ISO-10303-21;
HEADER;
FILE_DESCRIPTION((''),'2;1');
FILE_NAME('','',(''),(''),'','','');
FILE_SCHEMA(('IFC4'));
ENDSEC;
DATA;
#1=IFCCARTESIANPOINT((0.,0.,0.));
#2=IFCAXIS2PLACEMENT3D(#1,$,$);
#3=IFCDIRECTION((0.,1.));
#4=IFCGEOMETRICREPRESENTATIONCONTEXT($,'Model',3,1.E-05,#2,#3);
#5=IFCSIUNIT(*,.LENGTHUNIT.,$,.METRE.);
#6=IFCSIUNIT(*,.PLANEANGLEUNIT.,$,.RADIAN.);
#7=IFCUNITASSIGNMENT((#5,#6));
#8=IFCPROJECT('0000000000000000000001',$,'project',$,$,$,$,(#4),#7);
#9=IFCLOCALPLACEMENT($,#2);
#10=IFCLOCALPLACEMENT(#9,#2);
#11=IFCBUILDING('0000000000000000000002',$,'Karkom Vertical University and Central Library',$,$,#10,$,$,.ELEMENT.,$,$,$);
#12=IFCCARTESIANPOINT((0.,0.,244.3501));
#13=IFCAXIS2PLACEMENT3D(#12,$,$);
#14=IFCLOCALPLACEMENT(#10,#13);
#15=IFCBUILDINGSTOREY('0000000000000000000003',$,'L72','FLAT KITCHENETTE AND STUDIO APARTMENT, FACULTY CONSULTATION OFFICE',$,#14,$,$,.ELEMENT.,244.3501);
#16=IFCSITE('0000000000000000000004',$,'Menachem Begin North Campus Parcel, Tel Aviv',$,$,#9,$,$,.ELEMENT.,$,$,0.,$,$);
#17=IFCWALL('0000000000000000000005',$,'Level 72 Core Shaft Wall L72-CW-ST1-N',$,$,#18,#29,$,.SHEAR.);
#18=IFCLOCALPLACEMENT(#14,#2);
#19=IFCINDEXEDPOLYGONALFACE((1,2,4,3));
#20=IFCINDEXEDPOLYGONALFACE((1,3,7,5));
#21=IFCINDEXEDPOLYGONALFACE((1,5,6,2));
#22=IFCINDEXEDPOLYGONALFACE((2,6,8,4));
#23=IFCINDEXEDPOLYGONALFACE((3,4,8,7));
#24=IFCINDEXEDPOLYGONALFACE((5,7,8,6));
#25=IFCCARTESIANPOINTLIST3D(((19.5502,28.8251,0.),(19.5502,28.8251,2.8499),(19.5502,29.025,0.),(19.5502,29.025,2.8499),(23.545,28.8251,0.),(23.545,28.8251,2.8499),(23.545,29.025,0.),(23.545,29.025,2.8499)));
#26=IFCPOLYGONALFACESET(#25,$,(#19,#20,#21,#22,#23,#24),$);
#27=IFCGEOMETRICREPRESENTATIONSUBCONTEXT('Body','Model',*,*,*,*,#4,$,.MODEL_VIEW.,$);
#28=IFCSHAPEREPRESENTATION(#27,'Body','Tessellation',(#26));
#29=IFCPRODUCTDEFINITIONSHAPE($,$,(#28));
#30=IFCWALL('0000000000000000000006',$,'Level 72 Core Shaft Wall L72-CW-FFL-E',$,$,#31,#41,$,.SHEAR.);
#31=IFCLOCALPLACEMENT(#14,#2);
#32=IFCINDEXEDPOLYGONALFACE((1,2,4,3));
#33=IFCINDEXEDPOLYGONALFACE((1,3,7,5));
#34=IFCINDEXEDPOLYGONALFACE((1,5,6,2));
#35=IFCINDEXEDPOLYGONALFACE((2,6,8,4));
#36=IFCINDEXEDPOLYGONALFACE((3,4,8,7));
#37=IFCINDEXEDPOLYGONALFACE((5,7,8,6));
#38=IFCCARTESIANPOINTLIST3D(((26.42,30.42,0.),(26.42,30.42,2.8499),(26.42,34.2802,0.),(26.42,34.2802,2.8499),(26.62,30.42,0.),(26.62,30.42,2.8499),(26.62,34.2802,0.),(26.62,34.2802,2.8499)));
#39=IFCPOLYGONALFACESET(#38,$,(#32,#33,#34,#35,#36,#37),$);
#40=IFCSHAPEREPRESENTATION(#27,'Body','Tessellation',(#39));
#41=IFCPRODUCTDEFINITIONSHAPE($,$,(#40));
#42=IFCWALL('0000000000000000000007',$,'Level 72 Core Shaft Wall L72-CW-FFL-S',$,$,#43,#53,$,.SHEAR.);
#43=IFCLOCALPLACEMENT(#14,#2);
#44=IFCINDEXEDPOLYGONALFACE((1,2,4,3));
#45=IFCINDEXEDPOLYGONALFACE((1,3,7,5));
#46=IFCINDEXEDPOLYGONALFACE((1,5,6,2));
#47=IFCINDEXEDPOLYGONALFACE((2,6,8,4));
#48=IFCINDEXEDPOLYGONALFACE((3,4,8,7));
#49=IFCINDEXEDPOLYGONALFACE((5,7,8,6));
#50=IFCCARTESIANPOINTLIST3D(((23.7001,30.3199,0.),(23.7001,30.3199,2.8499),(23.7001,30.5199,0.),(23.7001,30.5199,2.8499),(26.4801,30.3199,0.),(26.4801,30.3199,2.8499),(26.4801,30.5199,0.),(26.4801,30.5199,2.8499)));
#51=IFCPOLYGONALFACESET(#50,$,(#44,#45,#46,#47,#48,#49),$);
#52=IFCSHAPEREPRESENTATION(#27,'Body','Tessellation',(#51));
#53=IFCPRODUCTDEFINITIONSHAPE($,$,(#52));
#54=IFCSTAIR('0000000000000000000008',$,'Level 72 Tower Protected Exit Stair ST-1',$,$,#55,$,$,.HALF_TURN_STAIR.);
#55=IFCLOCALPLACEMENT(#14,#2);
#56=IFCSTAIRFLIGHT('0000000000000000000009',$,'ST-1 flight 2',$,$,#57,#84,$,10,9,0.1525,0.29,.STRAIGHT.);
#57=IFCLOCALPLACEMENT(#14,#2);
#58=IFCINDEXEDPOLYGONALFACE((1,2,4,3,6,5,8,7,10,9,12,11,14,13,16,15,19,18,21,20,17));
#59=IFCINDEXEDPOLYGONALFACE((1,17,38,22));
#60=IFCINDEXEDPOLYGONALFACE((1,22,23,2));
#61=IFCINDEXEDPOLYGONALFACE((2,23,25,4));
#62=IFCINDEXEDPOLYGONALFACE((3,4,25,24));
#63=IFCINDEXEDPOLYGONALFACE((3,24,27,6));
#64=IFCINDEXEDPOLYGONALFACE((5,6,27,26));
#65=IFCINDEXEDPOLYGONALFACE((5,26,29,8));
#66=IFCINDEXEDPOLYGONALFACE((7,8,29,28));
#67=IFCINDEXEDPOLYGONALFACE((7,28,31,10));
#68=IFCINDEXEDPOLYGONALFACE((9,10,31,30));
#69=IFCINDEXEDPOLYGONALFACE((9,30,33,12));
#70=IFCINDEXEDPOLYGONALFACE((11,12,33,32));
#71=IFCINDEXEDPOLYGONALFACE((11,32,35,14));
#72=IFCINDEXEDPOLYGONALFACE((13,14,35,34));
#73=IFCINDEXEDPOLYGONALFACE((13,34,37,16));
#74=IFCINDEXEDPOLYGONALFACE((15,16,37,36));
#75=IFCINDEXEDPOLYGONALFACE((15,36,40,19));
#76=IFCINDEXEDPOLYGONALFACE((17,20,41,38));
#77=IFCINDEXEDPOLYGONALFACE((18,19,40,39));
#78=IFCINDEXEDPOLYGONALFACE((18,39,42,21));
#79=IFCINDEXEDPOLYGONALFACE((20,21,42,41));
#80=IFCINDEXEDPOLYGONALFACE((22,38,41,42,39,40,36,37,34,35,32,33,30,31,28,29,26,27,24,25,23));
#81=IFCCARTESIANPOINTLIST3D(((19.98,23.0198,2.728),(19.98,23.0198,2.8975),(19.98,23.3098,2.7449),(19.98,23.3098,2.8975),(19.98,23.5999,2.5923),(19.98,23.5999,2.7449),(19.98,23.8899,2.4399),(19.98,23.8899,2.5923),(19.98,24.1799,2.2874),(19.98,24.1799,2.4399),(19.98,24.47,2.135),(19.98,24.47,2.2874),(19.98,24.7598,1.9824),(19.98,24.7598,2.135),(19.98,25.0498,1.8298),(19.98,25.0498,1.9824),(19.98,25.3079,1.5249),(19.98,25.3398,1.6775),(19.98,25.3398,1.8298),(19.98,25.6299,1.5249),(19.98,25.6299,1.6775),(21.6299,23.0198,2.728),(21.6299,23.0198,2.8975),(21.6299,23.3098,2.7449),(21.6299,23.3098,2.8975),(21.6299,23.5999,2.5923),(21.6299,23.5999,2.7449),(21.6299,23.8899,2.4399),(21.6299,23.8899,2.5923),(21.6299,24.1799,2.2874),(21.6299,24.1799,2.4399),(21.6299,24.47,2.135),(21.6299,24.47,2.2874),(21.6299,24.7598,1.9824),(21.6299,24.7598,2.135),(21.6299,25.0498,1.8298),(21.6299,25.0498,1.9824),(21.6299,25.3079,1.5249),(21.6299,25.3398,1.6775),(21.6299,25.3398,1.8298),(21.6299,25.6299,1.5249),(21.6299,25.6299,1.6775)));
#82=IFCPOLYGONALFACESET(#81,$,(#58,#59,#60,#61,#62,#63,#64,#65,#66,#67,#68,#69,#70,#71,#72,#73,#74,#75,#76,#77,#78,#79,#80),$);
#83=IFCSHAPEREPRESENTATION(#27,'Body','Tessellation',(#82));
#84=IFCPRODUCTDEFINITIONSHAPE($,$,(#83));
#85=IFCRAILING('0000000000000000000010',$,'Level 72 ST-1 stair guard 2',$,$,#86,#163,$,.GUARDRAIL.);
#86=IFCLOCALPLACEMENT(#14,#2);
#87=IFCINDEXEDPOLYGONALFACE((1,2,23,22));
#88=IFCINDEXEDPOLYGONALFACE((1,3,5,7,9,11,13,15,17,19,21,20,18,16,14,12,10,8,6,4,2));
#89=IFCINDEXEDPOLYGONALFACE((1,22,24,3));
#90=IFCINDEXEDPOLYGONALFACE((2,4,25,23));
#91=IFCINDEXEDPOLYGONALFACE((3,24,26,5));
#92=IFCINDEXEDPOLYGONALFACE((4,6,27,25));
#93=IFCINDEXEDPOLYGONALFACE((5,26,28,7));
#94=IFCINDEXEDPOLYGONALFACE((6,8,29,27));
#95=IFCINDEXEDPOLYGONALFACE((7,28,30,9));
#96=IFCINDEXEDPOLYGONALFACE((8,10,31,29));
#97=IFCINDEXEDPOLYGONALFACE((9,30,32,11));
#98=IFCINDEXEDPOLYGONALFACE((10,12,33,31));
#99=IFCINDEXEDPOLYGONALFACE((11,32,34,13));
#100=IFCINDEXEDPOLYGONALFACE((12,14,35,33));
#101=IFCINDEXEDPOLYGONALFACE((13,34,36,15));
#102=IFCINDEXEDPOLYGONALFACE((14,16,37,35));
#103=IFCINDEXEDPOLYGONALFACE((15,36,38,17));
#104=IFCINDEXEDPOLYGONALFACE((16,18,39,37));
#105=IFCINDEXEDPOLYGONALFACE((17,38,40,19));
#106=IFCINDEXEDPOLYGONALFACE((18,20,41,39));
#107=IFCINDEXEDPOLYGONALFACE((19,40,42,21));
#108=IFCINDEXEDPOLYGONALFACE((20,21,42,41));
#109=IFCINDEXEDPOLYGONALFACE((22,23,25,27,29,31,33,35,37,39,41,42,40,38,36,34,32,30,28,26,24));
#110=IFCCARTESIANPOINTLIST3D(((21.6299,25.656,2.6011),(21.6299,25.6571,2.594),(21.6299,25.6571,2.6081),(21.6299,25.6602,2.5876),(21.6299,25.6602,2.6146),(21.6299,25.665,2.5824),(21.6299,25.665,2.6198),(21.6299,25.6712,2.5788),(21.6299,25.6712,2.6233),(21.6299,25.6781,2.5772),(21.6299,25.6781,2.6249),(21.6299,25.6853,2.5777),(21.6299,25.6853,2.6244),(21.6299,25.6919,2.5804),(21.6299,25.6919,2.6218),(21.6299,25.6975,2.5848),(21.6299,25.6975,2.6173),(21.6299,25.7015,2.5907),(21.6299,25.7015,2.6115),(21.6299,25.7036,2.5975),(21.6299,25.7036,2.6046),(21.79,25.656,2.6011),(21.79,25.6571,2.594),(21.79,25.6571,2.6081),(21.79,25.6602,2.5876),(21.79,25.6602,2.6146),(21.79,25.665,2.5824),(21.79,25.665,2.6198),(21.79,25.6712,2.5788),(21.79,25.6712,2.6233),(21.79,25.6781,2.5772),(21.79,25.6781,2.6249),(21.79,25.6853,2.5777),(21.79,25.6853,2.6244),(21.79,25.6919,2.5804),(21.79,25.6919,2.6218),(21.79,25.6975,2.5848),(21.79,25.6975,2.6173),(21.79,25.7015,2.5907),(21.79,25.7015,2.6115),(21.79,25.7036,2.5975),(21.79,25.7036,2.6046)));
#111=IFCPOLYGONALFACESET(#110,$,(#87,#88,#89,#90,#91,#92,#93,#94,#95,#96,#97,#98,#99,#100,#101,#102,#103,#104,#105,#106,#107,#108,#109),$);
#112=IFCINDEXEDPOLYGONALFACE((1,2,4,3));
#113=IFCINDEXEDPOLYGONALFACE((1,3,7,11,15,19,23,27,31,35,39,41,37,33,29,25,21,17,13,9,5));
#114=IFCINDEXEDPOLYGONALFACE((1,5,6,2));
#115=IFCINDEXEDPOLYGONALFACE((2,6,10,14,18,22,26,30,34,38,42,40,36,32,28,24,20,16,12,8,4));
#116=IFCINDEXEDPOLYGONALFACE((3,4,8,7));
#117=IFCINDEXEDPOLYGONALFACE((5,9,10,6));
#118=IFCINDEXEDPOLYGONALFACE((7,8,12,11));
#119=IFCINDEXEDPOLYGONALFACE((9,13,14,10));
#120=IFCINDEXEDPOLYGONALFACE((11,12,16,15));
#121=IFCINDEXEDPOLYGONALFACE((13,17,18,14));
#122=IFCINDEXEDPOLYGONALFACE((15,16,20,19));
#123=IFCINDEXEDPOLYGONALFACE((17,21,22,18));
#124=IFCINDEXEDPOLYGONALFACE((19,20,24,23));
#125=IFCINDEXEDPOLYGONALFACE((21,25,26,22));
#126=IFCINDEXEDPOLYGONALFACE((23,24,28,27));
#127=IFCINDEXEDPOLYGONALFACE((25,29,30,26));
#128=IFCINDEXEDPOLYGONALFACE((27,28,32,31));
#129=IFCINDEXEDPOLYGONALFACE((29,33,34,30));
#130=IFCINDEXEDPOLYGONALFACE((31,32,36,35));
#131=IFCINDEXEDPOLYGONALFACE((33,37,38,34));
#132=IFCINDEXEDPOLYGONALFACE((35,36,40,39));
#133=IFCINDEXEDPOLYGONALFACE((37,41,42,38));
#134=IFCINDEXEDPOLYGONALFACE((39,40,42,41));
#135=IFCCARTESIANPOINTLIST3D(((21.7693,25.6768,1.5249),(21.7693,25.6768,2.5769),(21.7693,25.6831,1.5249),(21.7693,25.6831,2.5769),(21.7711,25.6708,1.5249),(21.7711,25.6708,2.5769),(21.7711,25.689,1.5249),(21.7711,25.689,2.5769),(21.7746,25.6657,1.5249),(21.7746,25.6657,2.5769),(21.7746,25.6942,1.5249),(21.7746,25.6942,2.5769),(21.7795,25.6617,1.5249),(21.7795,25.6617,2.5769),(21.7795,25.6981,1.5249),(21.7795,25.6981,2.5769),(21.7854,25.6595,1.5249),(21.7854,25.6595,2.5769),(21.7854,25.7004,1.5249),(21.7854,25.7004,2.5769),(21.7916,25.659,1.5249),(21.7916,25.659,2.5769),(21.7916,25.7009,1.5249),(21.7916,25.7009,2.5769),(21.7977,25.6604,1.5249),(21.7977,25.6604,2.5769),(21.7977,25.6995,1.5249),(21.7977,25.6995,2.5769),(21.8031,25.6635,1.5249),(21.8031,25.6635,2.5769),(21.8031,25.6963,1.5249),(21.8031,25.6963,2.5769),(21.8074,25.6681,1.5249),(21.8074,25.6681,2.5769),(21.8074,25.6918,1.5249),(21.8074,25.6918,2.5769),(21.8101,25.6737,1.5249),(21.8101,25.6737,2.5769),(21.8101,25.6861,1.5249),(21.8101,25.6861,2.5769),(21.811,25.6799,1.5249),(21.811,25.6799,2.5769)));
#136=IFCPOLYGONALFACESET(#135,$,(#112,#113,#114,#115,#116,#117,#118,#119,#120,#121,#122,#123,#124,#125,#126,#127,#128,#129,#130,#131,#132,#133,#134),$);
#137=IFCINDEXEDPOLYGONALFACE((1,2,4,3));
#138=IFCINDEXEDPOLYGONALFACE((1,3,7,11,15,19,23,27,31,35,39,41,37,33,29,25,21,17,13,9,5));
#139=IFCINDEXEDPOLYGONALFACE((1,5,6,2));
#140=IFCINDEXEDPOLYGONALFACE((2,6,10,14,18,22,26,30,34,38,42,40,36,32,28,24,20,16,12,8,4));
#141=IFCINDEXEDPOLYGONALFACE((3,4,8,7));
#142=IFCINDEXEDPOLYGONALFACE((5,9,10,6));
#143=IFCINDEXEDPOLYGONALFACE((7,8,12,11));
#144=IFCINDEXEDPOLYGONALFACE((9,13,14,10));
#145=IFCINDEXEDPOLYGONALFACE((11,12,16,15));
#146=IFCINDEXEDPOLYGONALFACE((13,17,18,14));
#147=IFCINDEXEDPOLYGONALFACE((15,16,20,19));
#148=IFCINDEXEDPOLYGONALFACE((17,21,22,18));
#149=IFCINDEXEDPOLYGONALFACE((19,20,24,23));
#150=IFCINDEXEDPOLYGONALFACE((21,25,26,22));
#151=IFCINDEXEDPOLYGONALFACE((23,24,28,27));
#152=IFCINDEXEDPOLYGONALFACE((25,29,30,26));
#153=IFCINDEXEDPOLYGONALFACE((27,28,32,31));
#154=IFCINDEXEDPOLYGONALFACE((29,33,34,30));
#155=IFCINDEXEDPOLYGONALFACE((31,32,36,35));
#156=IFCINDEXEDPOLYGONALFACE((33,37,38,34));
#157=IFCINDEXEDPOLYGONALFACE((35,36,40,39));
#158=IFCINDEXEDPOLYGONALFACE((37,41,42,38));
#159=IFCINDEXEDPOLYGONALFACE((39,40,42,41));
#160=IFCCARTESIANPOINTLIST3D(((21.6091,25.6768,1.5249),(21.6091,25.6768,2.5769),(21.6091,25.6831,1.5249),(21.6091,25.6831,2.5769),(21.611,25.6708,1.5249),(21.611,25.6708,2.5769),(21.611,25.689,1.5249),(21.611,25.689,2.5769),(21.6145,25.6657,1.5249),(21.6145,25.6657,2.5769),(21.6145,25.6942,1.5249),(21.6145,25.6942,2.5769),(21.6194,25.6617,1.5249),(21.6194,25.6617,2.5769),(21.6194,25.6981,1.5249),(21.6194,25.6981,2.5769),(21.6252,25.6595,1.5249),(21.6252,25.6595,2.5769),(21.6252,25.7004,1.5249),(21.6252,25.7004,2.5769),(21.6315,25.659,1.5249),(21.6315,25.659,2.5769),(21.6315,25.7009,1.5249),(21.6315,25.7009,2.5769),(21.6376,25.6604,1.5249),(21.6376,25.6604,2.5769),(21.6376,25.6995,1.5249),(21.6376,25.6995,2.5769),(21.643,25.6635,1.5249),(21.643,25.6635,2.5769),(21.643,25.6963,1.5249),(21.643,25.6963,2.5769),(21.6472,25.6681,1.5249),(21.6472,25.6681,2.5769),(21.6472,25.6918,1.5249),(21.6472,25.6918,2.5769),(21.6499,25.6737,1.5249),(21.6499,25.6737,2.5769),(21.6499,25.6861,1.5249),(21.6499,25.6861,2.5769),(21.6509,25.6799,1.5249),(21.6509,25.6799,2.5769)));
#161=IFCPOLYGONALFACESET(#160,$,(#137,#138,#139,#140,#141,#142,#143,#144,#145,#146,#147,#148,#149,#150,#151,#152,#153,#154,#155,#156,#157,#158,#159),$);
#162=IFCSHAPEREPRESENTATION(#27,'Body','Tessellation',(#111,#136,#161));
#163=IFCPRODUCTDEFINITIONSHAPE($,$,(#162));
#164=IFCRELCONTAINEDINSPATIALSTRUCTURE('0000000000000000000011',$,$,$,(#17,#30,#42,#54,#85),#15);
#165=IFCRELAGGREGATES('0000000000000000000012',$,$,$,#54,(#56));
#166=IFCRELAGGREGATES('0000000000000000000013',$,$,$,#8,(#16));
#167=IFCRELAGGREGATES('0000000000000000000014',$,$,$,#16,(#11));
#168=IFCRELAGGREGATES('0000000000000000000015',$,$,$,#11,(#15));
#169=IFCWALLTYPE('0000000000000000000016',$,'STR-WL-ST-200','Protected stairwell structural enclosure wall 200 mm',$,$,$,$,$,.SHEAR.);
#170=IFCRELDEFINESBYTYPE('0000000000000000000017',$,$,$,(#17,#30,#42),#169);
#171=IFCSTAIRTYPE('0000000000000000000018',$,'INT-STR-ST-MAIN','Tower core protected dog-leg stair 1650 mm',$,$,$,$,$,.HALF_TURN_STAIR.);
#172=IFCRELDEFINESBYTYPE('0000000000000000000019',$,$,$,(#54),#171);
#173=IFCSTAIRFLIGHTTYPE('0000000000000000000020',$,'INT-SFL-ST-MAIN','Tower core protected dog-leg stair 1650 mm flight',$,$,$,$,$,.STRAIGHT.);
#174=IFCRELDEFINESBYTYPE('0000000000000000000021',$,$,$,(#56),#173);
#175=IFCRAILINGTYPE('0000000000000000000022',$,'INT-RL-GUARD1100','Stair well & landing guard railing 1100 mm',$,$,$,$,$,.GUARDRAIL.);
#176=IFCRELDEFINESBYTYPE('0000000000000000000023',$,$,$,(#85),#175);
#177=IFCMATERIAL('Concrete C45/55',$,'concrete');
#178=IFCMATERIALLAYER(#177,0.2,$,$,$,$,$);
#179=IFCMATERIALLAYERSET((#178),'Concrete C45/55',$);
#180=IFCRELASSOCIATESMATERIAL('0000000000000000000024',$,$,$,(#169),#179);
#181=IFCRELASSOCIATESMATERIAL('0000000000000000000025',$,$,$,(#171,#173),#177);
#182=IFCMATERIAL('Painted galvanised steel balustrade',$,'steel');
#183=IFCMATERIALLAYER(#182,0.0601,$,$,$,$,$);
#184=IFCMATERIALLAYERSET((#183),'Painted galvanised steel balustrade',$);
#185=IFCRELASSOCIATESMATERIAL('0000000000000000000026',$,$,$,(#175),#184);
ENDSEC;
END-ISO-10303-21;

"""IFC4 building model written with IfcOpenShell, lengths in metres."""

from ifc_helpers import new_model, si_unit, direction, frame, frame_2d, origin, origin_2d, place, context, subcontext, project, spatial, polyline, rectangle, circle, outline, extrude, material, layer, layer_set, type_object, element, aggregate, save


model = new_model("IFC4")

# Units and contexts
model_context = context("Model", 3, precision=1e-05, world=origin(), true_north=direction((0.0, 1.0)))
body_context = subcontext(model_context, "Body", "Model", "MODEL_VIEW")
ifc_project = project(units=[si_unit("LENGTHUNIT", "METRE"), si_unit("PLANEANGLEUNIT", "RADIAN")], contexts=[model_context])

# Site, building, storey
site_placement = place(None, origin())
site = spatial("IfcSite", under=ifc_project, at=site_placement, Name="Menachem Begin North Campus Parcel, Tel Aviv", CompositionType="ELEMENT", RefElevation=0.0)
building_placement = place(site_placement, origin())
building = spatial("IfcBuilding", under=site, at=building_placement, Name="Karkom Vertical University and Central Library", CompositionType="ELEMENT")
storey_placement = place(building_placement, frame((0.0, 0.0, 244.3501)))
storey = spatial("IfcBuildingStorey", under=building, at=storey_placement, Name="L72", Description="FLAT KITCHENETTE AND STUDIO APARTMENT, FACULTY CONSULTATION OFFICE", CompositionType="ELEMENT", Elevation=244.3501)

# Shared definitions
ifc_material_1 = material(Name="Concrete C45/55", Category="concrete")

# Shared definitions
ifc_layer_1 = layer(ifc_material_1, 0.2)
ifc_layer_set_1 = layer_set([ifc_layer_1], Name="Concrete C45/55")
wall_type_1 = type_object("IfcWallType", Name="STR-WL-ST-200", Description="Protected stairwell structural enclosure wall 200 mm", PredefinedType="SHEAR", material=ifc_layer_set_1)

# Walls
wall_1_placement = place(storey_placement, frame((19.55, 28.925, 0.0), z_axis=(0.0, 0.0, 1.0), x_axis=(1.0, 0.0, 0.0)))
element("IfcWall", 1, at=wall_1_placement, inside=storey, type_object=wall_type_1, Name="Level 72 Core Shaft Wall L72-CW-ST1-N", PredefinedType="SHEAR", context=body_context, shape_type="SweptSolid", body=[
    extrude(rectangle(XDim=3.9949, YDim=0.2, at=frame_2d((1.9976, 0.0))), origin(), (0.0, 0.0, 1.0), 2.8499),
])
wall_2_placement = place(storey_placement, frame((26.52, 30.4199, 0.0), z_axis=(0.0, 0.0, 1.0), x_axis=(0.0, 1.0, 0.0)))
element("IfcWall", 2, at=wall_2_placement, inside=storey, type_object=wall_type_1, Name="Level 72 Core Shaft Wall L72-CW-FFL-E", PredefinedType="SHEAR", context=body_context, shape_type="SweptSolid", body=[
    extrude(rectangle(XDim=3.8601, YDim=0.2, at=frame_2d((1.9302, 0.0))), origin(), (0.0, 0.0, 1.0), 2.8499),
])
wall_3_placement = place(storey_placement, frame((23.7, 30.4199, 0.0), z_axis=(0.0, 0.0, 1.0), x_axis=(1.0, 0.0, 0.0)))
element("IfcWall", 3, at=wall_3_placement, inside=storey, type_object=wall_type_1, Name="Level 72 Core Shaft Wall L72-CW-FFL-S", PredefinedType="SHEAR", context=body_context, shape_type="SweptSolid", body=[
    extrude(rectangle(XDim=2.78, YDim=0.2, at=frame_2d((1.3901, 0.0))), origin(), (0.0, 0.0, 1.0), 2.8499),
])

# Stair, stair flight
stair_type = type_object("IfcStairType", Name="INT-STR-ST-MAIN", Description="Tower core protected dog-leg stair 1650 mm", PredefinedType="HALF_TURN_STAIR", material=ifc_material_1)
stair_placement = place(storey_placement, origin())
stair = element("IfcStair", 4, at=stair_placement, inside=storey, type_object=stair_type, Name="Level 72 Tower Protected Exit Stair ST-1", PredefinedType="HALF_TURN_STAIR")
stair_flight_type = type_object("IfcStairFlightType", Name="INT-SFL-ST-MAIN", Description="Tower core protected dog-leg stair 1650 mm flight", PredefinedType="STRAIGHT", material=ifc_material_1)
stair_flight_placement = place(storey_placement, frame((20.8049, 25.6299, 1.5249), z_axis=(0.0, 0.0, 1.0), x_axis=(0.0, -1.0, 0.0)))
stair_flight = element("IfcStairFlight", 5, at=stair_flight_placement, type_object=stair_flight_type, Name="ST-1 flight 2", NumberOfRisers=10, NumberOfTreads=9, PredefinedType="STRAIGHT", RiserHeight=0.1525, TreadLength=0.29, context=body_context, shape_type="SweptSolid", body=[
    extrude(outline(polyline([(0.0, 0.0), (0.0, 0.1526), (0.29, 0.1526), (0.29, 0.3049), (0.5801, 0.3049), (0.5801, 0.4575), (0.8701, 0.4575), (0.8701, 0.6101), (1.1599, 0.6101), (1.1599, 0.7625), (1.45, 0.7625), (1.45, 0.915), (1.74, 0.915), (1.74, 1.0674), (2.03, 1.0674), (2.03, 1.22), (2.3201, 1.22), (2.3201, 1.3726), (2.6101, 1.3726), (2.6101, 1.5249), (2.6101, 1.2031), (0.322, 0.0), (0.0, 0.0)])), frame((0.0, 0.825, 0.0), z_axis=(0.0, -1.0, 0.0), x_axis=(1.0, 0.0, 0.0)), (0.0, 0.0, 1.0), 1.6499),
])
aggregate(stair, [stair_flight])

# Railing
ifc_material_2 = material(Name="Painted galvanised steel balustrade", Category="steel")
ifc_layer_2 = layer(ifc_material_2, 0.0601)
ifc_layer_set_2 = layer_set([ifc_layer_2], Name="Painted galvanised steel balustrade")
railing_type_1 = type_object("IfcRailingType", Name="INT-RL-GUARD1100", Description="Stair well & landing guard railing 1100 mm", PredefinedType="GUARDRAIL", material=ifc_layer_set_2)
railing_1_placement = place(storey_placement, frame((21.79, 25.6799, 1.5249)))
element("IfcRailing", 6, at=railing_1_placement, inside=storey, type_object=railing_type_1, Name="Level 72 ST-1 stair guard 2", PredefinedType="GUARDRAIL", context=body_context, shape_type="SweptSolid", body=[
    extrude(circle(Radius=0.0239, at=origin_2d()), frame((0.0, 0.0, 1.0762), z_axis=(-1.0, 0.0, 0.0), x_axis=(0.0, -1.0, 0.0)), (0.0, 0.0, 1.0), 0.1602),
    extrude(circle(Radius=0.021, at=origin_2d()), origin(), (0.0, 0.0, 1.0), 1.052),
    extrude(circle(Radius=0.021, at=origin_2d()), frame((-0.1602, 0.0, 0.0)), (0.0, 0.0, 1.0), 1.052),
])

save(model, "model.ifc")
